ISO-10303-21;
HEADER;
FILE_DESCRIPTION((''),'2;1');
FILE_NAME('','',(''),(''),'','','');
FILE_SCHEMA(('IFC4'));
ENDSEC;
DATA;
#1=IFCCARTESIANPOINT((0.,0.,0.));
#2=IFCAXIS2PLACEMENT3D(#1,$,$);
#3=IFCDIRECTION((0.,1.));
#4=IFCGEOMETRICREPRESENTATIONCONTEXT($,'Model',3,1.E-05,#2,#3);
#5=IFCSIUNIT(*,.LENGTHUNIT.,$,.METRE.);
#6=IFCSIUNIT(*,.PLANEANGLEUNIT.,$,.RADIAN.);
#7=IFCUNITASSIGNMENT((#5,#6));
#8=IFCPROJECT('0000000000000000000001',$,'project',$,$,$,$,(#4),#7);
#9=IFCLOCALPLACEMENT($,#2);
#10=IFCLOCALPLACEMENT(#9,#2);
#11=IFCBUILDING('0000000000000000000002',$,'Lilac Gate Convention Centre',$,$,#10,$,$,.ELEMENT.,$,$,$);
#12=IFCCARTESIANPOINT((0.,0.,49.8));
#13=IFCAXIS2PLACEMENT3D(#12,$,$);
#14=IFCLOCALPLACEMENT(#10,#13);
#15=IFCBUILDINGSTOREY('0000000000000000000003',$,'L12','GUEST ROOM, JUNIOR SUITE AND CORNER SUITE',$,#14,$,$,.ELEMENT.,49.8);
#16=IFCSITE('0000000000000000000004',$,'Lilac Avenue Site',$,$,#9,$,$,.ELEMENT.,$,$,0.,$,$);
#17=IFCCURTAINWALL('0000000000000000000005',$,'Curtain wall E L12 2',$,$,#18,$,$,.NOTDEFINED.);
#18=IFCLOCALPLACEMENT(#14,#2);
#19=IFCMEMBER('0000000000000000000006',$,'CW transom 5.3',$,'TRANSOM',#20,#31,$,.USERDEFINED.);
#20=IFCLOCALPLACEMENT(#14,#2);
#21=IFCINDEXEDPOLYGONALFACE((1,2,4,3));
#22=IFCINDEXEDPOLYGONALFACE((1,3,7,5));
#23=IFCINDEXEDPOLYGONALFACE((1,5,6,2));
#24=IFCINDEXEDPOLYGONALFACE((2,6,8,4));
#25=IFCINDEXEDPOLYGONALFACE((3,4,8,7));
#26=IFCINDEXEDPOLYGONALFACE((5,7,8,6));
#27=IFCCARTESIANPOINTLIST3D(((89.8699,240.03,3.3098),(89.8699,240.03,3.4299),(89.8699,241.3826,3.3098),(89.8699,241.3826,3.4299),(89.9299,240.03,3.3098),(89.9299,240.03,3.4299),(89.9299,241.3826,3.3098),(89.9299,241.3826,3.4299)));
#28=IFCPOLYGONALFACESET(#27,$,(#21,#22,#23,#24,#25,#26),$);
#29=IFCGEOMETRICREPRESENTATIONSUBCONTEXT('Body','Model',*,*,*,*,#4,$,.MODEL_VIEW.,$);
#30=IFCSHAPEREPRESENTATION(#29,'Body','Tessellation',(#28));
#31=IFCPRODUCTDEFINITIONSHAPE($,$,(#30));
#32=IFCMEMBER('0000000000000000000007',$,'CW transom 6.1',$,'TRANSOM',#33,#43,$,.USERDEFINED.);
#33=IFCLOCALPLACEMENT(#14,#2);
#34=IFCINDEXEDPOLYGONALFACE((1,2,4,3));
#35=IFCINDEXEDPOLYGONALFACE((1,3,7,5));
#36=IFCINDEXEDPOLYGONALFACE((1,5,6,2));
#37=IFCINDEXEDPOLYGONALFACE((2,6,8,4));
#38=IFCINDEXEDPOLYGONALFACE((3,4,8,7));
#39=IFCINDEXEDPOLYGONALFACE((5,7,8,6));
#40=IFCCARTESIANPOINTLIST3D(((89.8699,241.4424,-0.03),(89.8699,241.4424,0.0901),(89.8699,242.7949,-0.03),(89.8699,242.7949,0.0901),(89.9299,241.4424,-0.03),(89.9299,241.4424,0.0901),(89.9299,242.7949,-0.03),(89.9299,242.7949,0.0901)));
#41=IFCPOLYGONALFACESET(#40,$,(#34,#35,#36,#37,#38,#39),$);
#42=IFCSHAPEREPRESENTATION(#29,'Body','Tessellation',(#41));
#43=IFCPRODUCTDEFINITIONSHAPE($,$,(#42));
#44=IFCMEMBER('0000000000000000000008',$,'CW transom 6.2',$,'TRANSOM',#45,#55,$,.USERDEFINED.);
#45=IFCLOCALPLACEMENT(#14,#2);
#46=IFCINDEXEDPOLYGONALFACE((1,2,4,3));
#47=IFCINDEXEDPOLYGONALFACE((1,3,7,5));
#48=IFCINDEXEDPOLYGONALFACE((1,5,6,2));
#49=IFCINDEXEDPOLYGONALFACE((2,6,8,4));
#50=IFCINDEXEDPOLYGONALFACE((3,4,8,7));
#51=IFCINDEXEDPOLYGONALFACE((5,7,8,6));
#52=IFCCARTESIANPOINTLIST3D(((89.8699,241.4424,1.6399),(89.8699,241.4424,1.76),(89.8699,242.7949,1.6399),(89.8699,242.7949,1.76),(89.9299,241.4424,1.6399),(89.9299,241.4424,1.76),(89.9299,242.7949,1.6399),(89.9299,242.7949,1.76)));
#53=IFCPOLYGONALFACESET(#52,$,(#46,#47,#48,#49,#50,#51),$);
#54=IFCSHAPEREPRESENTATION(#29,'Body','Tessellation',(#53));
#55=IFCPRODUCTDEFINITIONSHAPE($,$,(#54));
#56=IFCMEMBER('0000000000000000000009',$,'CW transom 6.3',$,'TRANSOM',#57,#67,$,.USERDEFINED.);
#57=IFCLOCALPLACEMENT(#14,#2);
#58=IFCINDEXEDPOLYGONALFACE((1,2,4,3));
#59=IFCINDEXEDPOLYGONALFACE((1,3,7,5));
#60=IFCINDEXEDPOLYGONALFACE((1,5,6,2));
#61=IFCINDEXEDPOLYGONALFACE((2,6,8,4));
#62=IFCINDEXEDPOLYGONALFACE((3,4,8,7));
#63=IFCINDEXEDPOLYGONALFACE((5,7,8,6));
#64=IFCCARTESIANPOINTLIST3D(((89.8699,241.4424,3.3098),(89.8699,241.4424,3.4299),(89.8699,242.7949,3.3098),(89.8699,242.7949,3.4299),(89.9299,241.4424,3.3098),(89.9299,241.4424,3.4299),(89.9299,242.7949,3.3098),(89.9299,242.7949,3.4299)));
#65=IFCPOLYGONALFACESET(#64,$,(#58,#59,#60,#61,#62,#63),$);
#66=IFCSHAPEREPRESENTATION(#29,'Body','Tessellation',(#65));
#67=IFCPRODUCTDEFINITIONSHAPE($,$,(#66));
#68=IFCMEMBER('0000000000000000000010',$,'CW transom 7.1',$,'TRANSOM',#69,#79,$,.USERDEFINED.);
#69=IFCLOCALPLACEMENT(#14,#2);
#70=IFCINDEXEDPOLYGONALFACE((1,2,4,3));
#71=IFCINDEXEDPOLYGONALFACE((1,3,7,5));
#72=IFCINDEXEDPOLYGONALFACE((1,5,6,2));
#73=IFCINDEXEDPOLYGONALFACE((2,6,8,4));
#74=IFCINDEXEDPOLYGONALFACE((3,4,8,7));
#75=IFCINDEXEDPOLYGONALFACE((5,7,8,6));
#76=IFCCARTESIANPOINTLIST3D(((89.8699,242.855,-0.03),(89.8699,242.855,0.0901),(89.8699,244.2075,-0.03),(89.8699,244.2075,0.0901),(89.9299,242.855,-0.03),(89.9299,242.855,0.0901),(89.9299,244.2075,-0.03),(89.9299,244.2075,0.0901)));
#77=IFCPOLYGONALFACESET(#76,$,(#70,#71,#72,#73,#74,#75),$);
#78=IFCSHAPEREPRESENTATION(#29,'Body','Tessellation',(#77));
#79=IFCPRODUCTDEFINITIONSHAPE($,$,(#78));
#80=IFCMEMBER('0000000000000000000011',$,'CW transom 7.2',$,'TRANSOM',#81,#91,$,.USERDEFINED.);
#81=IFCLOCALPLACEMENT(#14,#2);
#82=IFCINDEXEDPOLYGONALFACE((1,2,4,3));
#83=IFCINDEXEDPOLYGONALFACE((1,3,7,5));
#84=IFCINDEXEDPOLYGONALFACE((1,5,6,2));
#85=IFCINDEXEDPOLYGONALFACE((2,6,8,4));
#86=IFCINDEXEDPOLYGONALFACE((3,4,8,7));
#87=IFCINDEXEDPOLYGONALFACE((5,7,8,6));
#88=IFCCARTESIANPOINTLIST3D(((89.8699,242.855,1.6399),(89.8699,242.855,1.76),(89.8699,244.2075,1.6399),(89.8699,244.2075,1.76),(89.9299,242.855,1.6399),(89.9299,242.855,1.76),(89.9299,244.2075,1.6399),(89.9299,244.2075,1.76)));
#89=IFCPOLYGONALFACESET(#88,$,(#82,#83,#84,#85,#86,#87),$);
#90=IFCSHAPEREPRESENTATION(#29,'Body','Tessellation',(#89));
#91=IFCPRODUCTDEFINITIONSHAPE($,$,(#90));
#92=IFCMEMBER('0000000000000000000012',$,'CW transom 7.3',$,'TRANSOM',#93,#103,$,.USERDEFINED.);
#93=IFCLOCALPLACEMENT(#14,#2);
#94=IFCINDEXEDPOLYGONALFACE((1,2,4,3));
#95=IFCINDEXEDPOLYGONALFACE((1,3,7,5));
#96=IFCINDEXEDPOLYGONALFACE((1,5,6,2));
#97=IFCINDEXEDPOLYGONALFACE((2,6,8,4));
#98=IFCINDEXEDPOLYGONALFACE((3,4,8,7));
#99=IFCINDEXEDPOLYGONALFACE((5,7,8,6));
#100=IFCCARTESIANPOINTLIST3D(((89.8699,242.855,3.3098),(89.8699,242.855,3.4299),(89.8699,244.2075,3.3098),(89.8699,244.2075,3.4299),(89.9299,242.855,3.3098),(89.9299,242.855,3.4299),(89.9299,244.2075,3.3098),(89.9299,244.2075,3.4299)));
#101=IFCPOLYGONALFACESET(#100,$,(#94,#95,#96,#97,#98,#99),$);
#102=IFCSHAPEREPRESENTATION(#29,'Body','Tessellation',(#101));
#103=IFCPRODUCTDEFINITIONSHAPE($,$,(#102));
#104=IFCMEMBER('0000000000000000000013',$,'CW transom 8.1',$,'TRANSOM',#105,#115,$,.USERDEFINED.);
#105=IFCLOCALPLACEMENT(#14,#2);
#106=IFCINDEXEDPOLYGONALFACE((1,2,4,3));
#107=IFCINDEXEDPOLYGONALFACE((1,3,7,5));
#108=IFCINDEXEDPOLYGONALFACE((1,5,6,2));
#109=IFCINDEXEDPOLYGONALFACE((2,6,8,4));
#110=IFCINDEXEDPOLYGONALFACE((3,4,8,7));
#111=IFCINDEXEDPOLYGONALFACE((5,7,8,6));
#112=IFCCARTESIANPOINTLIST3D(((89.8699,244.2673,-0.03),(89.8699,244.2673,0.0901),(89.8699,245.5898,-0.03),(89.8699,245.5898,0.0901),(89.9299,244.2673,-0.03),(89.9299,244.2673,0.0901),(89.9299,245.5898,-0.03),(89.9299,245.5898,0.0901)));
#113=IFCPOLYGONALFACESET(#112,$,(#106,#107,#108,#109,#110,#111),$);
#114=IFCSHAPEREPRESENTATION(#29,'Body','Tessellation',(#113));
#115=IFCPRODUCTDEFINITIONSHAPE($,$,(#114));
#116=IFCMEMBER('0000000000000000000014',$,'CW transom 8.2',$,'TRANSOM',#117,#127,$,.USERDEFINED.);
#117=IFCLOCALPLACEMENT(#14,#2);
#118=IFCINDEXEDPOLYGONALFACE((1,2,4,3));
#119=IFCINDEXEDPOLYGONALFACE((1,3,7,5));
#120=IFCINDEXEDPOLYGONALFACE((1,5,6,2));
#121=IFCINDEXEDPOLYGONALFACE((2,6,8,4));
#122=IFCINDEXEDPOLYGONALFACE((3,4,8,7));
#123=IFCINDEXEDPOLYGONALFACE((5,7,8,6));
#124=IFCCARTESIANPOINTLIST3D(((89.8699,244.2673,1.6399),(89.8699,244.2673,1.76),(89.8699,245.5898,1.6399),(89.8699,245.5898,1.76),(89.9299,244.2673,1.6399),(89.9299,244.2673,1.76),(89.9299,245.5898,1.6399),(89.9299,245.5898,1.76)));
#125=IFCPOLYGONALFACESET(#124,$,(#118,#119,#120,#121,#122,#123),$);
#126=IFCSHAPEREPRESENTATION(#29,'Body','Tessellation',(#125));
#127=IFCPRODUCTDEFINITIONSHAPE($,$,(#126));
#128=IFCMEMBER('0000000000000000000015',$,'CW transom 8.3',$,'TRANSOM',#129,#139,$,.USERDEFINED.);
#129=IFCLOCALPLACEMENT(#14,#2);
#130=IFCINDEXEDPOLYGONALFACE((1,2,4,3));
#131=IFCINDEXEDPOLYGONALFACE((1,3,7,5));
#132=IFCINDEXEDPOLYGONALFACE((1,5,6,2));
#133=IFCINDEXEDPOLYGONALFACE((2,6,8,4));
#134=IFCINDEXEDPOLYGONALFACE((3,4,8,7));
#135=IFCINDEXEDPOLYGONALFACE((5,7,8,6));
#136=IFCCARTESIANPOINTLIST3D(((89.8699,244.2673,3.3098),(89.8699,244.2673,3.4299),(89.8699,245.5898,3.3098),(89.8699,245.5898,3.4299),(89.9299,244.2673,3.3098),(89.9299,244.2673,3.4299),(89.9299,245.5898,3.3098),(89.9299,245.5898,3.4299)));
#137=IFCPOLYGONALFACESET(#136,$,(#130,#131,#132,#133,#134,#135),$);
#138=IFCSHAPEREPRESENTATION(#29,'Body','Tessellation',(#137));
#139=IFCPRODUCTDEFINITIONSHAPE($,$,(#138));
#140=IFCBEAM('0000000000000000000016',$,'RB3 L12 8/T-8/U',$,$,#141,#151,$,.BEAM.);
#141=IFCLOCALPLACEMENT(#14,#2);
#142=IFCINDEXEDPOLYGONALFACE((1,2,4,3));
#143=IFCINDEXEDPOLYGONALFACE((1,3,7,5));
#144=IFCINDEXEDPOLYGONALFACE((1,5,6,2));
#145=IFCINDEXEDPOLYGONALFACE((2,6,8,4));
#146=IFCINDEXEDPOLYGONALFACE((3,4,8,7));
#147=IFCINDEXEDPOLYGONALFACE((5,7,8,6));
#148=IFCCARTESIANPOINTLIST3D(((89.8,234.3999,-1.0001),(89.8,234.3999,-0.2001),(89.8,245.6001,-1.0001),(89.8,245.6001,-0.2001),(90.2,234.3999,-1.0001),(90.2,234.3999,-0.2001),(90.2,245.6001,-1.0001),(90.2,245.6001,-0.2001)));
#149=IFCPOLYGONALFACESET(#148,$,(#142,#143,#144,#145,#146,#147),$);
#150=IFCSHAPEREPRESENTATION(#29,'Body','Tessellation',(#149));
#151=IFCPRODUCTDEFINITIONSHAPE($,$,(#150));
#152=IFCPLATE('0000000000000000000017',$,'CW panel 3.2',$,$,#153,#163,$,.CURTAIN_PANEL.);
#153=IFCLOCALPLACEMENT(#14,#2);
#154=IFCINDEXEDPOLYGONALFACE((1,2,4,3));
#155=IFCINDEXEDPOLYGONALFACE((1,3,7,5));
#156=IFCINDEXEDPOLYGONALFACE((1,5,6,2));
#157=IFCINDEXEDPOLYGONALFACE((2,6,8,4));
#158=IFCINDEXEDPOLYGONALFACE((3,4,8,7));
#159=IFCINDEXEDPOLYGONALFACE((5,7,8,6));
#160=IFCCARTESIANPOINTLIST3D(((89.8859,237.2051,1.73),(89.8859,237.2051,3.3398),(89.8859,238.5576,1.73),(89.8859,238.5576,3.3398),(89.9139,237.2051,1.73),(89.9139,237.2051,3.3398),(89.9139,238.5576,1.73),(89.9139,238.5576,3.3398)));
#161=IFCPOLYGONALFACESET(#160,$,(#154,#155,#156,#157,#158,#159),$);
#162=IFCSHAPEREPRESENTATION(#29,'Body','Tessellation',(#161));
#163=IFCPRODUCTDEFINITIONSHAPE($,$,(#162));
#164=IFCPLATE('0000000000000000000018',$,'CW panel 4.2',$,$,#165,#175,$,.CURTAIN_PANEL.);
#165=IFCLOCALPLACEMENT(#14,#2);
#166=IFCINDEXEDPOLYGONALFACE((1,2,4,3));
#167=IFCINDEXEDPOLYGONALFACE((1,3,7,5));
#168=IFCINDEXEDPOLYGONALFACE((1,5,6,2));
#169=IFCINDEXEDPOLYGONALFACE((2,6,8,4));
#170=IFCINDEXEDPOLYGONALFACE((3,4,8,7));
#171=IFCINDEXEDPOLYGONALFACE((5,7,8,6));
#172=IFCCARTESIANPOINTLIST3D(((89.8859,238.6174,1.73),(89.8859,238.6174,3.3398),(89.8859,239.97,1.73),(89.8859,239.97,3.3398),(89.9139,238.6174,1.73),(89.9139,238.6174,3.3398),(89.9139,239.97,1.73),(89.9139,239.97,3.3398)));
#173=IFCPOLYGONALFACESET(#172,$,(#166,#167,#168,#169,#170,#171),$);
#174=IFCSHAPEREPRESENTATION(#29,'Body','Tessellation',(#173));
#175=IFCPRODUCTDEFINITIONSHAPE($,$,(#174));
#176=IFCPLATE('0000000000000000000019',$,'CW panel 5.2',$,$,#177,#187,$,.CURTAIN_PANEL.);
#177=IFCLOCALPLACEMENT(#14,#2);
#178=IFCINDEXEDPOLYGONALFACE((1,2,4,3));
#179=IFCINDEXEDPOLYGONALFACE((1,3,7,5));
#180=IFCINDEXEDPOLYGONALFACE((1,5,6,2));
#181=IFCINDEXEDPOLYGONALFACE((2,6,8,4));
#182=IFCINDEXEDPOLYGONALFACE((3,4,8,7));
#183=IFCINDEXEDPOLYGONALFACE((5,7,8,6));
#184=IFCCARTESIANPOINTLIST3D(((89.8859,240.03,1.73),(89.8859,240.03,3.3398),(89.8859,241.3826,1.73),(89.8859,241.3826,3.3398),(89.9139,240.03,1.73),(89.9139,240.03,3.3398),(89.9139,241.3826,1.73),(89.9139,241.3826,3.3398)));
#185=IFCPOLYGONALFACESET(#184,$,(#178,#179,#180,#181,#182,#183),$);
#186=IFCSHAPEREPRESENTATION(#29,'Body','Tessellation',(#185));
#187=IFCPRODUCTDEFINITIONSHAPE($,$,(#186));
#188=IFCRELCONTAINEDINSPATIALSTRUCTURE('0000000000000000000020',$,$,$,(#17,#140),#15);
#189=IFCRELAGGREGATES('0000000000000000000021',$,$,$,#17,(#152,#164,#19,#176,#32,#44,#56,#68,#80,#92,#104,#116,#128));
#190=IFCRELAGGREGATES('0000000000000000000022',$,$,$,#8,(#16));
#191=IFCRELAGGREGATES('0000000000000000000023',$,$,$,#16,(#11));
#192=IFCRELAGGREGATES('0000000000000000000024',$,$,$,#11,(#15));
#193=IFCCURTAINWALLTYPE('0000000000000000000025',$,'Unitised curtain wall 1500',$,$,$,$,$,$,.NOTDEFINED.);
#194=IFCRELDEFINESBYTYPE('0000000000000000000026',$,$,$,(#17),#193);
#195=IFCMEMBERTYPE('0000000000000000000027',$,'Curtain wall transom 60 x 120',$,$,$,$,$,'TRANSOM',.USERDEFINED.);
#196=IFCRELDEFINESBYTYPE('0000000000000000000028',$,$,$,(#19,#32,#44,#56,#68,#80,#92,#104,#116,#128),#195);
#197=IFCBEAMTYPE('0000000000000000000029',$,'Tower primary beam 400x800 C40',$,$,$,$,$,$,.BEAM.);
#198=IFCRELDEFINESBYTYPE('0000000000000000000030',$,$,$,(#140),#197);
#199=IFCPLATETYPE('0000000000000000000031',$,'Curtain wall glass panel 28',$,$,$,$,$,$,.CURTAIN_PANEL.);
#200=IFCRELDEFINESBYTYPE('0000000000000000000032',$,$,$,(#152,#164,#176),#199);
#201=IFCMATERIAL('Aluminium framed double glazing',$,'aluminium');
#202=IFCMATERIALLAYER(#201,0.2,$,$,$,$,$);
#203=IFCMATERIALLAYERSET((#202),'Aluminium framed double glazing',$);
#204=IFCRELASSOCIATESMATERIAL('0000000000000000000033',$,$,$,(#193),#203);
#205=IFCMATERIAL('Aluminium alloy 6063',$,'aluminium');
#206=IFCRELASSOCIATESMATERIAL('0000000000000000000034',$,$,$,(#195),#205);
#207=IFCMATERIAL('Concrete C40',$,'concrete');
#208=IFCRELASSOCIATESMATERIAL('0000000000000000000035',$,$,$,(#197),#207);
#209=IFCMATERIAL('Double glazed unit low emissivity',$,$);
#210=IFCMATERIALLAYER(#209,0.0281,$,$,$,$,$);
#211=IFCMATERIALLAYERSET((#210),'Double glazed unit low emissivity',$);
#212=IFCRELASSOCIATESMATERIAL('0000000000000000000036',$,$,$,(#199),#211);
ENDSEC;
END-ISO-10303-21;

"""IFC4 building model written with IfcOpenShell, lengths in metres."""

from ifc_helpers import new_model, si_unit, direction, frame, origin, origin_2d, place, context, subcontext, project, spatial, rectangle, extrude, material, layer, layer_set, material_profile, profile_set, type_object, element, aggregate, save


model = new_model("IFC4")

# Units and contexts
model_context = context("Model", 3, precision=1e-05, world=origin(), true_north=direction((0.0, 1.0)))
body_context = subcontext(model_context, "Body", "Model", "MODEL_VIEW")
ifc_project = project(units=[si_unit("LENGTHUNIT", "METRE"), si_unit("PLANEANGLEUNIT", "RADIAN")], contexts=[model_context])

# Site, building, storey
site_placement = place(None, origin())
site = spatial("IfcSite", under=ifc_project, at=site_placement, Name="Lilac Avenue Site", CompositionType="ELEMENT", RefElevation=0.0)
building_placement = place(site_placement, origin())
building = spatial("IfcBuilding", under=site, at=building_placement, Name="Lilac Gate Convention Centre", CompositionType="ELEMENT")
storey_placement = place(building_placement, frame((0.0, 0.0, 49.8)))
storey = spatial("IfcBuildingStorey", under=building, at=storey_placement, Name="L12", Description="GUEST ROOM, JUNIOR SUITE AND CORNER SUITE", CompositionType="ELEMENT", Elevation=49.8)

# Shared definitions
ifc_material_1 = material(Name="Concrete C40", Category="concrete")

# Curtain wall, members
ifc_material_2 = material(Name="Aluminium framed double glazing", Category="aluminium")
ifc_layer_1 = layer(ifc_material_2, 0.2)
ifc_layer_set_1 = layer_set([ifc_layer_1], Name="Aluminium framed double glazing")
curtain_wall_type = type_object("IfcCurtainWallType", Name="Unitised curtain wall 1500", PredefinedType="NOTDEFINED", material=ifc_layer_set_1)
curtain_wall_placement = place(storey_placement, origin())
curtain_wall = element("IfcCurtainWall", 1, at=curtain_wall_placement, inside=storey, type_object=curtain_wall_type, Name="Curtain wall E L12 2", PredefinedType="NOTDEFINED")
ifc_material_3 = material(Name="Aluminium alloy 6063", Category="aluminium")
ifc_material_profile_1 = material_profile(ifc_material_3, rectangle(XDim=0.0601, YDim=0.1201, at=origin_2d()), Name="Curtain wall transom 60 x 120")
ifc_profile_set_1 = profile_set([ifc_material_profile_1], Name="Aluminium alloy 6063")
member_type_1 = type_object("IfcMemberType", Name="Curtain wall transom 60 x 120", ElementType="TRANSOM", PredefinedType="USERDEFINED", material=ifc_profile_set_1)
member_1_placement = place(storey_placement, frame((89.8999, 240.03, 3.3699), z_axis=(0.0, 1.0, 0.0), x_axis=(-1.0, 0.0, 0.0)))
member_1 = element("IfcMember", 2, at=member_1_placement, type_object=member_type_1, Name="CW transom 5.3", ObjectType="TRANSOM", PredefinedType="USERDEFINED", context=body_context, shape_type="SweptSolid", body=[
    extrude(rectangle(XDim=0.0601, YDim=0.1201, at=origin_2d()), origin(), (0.0, 0.0, 1.0), 1.3525),
])
member_2_placement = place(storey_placement, frame((89.8999, 241.4424, 0.03), z_axis=(0.0, 1.0, 0.0), x_axis=(-1.0, 0.0, 0.0)))
member_2 = element("IfcMember", 3, at=member_2_placement, type_object=member_type_1, Name="CW transom 6.1", ObjectType="TRANSOM", PredefinedType="USERDEFINED", context=body_context, shape_type="SweptSolid", body=[
    extrude(rectangle(XDim=0.0601, YDim=0.1201, at=origin_2d()), origin(), (0.0, 0.0, 1.0), 1.3525),
])
member_3_placement = place(storey_placement, frame((89.8999, 241.4424, 1.7), z_axis=(0.0, 1.0, 0.0), x_axis=(-1.0, 0.0, 0.0)))
member_3 = element("IfcMember", 4, at=member_3_placement, type_object=member_type_1, Name="CW transom 6.2", ObjectType="TRANSOM", PredefinedType="USERDEFINED", context=body_context, shape_type="SweptSolid", body=[
    extrude(rectangle(XDim=0.0601, YDim=0.1201, at=origin_2d()), origin(), (0.0, 0.0, 1.0), 1.3525),
])
member_4_placement = place(storey_placement, frame((89.8999, 241.4424, 3.3699), z_axis=(0.0, 1.0, 0.0), x_axis=(-1.0, 0.0, 0.0)))
member_4 = element("IfcMember", 5, at=member_4_placement, type_object=member_type_1, Name="CW transom 6.3", ObjectType="TRANSOM", PredefinedType="USERDEFINED", context=body_context, shape_type="SweptSolid", body=[
    extrude(rectangle(XDim=0.0601, YDim=0.1201, at=origin_2d()), origin(), (0.0, 0.0, 1.0), 1.3525),
])
member_5_placement = place(storey_placement, frame((89.8999, 242.855, 0.03), z_axis=(0.0, 1.0, 0.0), x_axis=(-1.0, 0.0, 0.0)))
member_5 = element("IfcMember", 6, at=member_5_placement, type_object=member_type_1, Name="CW transom 7.1", ObjectType="TRANSOM", PredefinedType="USERDEFINED", context=body_context, shape_type="SweptSolid", body=[
    extrude(rectangle(XDim=0.0601, YDim=0.1201, at=origin_2d()), origin(), (0.0, 0.0, 1.0), 1.3525),
])
member_6_placement = place(storey_placement, frame((89.8999, 242.855, 1.7), z_axis=(0.0, 1.0, 0.0), x_axis=(-1.0, 0.0, 0.0)))
member_6 = element("IfcMember", 7, at=member_6_placement, type_object=member_type_1, Name="CW transom 7.2", ObjectType="TRANSOM", PredefinedType="USERDEFINED", context=body_context, shape_type="SweptSolid", body=[
    extrude(rectangle(XDim=0.0601, YDim=0.1201, at=origin_2d()), origin(), (0.0, 0.0, 1.0), 1.3525),
])
member_7_placement = place(storey_placement, frame((89.8999, 242.855, 3.3699), z_axis=(0.0, 1.0, 0.0), x_axis=(-1.0, 0.0, 0.0)))
member_7 = element("IfcMember", 8, at=member_7_placement, type_object=member_type_1, Name="CW transom 7.3", ObjectType="TRANSOM", PredefinedType="USERDEFINED", context=body_context, shape_type="SweptSolid", body=[
    extrude(rectangle(XDim=0.0601, YDim=0.1201, at=origin_2d()), origin(), (0.0, 0.0, 1.0), 1.3525),
])
member_8_placement = place(storey_placement, frame((89.8999, 244.2673, 0.03), z_axis=(0.0, 1.0, 0.0), x_axis=(-1.0, 0.0, 0.0)))
member_8 = element("IfcMember", 9, at=member_8_placement, type_object=member_type_1, Name="CW transom 8.1", ObjectType="TRANSOM", PredefinedType="USERDEFINED", context=body_context, shape_type="SweptSolid", body=[
    extrude(rectangle(XDim=0.0601, YDim=0.1201, at=origin_2d()), origin(), (0.0, 0.0, 1.0), 1.3225),
])
member_9_placement = place(storey_placement, frame((89.8999, 244.2673, 1.7), z_axis=(0.0, 1.0, 0.0), x_axis=(-1.0, 0.0, 0.0)))
member_9 = element("IfcMember", 10, at=member_9_placement, type_object=member_type_1, Name="CW transom 8.2", ObjectType="TRANSOM", PredefinedType="USERDEFINED", context=body_context, shape_type="SweptSolid", body=[
    extrude(rectangle(XDim=0.0601, YDim=0.1201, at=origin_2d()), origin(), (0.0, 0.0, 1.0), 1.3225),
])
member_10_placement = place(storey_placement, frame((89.8999, 244.2673, 3.3699), z_axis=(0.0, 1.0, 0.0), x_axis=(-1.0, 0.0, 0.0)))
member_10 = element("IfcMember", 11, at=member_10_placement, type_object=member_type_1, Name="CW transom 8.3", ObjectType="TRANSOM", PredefinedType="USERDEFINED", context=body_context, shape_type="SweptSolid", body=[
    extrude(rectangle(XDim=0.0601, YDim=0.1201, at=origin_2d()), origin(), (0.0, 0.0, 1.0), 1.3225),
])

# Beam
ifc_material_profile_2 = material_profile(ifc_material_1, rectangle(XDim=0.3999, YDim=0.8, at=origin_2d()), Name="RC 400x800")
ifc_profile_set_2 = profile_set([ifc_material_profile_2], Name="Concrete C40")
beam_type = type_object("IfcBeamType", Name="Tower primary beam 400x800 C40", PredefinedType="BEAM", material=ifc_profile_set_2)
beam_placement = place(storey_placement, frame((90.0, 234.3999, -0.6001), z_axis=(0.0, 1.0, 0.0), x_axis=(-1.0, 0.0, 0.0)))
element("IfcBeam", 12, at=beam_placement, inside=storey, type_object=beam_type, Name="RB3 L12 8/T-8/U", PredefinedType="BEAM", context=body_context, shape_type="SweptSolid", body=[
    extrude(rectangle(XDim=0.3999, YDim=0.8, at=origin_2d()), origin(), (0.0, 0.0, 1.0), 11.2002),
])

# Plates
ifc_material_4 = material(Name="Double glazed unit low emissivity")
ifc_layer_2 = layer(ifc_material_4, 0.0281)
ifc_layer_set_2 = layer_set([ifc_layer_2], Name="Double glazed unit low emissivity")
plate_type_1 = type_object("IfcPlateType", Name="Curtain wall glass panel 28", PredefinedType="CURTAIN_PANEL", material=ifc_layer_set_2)
plate_1_placement = place(storey_placement, frame((89.8999, 237.8813, 1.73), z_axis=(0.0, 0.0, 1.0), x_axis=(0.0, 1.0, 0.0)))
plate_1 = element("IfcPlate", 13, at=plate_1_placement, type_object=plate_type_1, Name="CW panel 3.2", PredefinedType="CURTAIN_PANEL", context=body_context, shape_type="SweptSolid", body=[
    extrude(rectangle(XDim=1.3525, YDim=0.0281, at=origin_2d()), origin(), (0.0, 0.0, 1.0), 1.6099),
])
plate_2_placement = place(storey_placement, frame((89.8999, 239.2937, 1.73), z_axis=(0.0, 0.0, 1.0), x_axis=(0.0, 1.0, 0.0)))
plate_2 = element("IfcPlate", 14, at=plate_2_placement, type_object=plate_type_1, Name="CW panel 4.2", PredefinedType="CURTAIN_PANEL", context=body_context, shape_type="SweptSolid", body=[
    extrude(rectangle(XDim=1.3525, YDim=0.0281, at=origin_2d()), origin(), (0.0, 0.0, 1.0), 1.6099),
])
plate_3_placement = place(storey_placement, frame((89.8999, 240.7063, 1.73), z_axis=(0.0, 0.0, 1.0), x_axis=(0.0, 1.0, 0.0)))
plate_3 = element("IfcPlate", 15, at=plate_3_placement, type_object=plate_type_1, Name="CW panel 5.2", PredefinedType="CURTAIN_PANEL", context=body_context, shape_type="SweptSolid", body=[
    extrude(rectangle(XDim=1.3525, YDim=0.0281, at=origin_2d()), origin(), (0.0, 0.0, 1.0), 1.6099),
])
aggregate(curtain_wall, [plate_1, plate_2, member_1, plate_3, member_2, member_3, member_4, member_5, member_6, member_7, member_8, member_9, member_10])

save(model, "model.ifc")
